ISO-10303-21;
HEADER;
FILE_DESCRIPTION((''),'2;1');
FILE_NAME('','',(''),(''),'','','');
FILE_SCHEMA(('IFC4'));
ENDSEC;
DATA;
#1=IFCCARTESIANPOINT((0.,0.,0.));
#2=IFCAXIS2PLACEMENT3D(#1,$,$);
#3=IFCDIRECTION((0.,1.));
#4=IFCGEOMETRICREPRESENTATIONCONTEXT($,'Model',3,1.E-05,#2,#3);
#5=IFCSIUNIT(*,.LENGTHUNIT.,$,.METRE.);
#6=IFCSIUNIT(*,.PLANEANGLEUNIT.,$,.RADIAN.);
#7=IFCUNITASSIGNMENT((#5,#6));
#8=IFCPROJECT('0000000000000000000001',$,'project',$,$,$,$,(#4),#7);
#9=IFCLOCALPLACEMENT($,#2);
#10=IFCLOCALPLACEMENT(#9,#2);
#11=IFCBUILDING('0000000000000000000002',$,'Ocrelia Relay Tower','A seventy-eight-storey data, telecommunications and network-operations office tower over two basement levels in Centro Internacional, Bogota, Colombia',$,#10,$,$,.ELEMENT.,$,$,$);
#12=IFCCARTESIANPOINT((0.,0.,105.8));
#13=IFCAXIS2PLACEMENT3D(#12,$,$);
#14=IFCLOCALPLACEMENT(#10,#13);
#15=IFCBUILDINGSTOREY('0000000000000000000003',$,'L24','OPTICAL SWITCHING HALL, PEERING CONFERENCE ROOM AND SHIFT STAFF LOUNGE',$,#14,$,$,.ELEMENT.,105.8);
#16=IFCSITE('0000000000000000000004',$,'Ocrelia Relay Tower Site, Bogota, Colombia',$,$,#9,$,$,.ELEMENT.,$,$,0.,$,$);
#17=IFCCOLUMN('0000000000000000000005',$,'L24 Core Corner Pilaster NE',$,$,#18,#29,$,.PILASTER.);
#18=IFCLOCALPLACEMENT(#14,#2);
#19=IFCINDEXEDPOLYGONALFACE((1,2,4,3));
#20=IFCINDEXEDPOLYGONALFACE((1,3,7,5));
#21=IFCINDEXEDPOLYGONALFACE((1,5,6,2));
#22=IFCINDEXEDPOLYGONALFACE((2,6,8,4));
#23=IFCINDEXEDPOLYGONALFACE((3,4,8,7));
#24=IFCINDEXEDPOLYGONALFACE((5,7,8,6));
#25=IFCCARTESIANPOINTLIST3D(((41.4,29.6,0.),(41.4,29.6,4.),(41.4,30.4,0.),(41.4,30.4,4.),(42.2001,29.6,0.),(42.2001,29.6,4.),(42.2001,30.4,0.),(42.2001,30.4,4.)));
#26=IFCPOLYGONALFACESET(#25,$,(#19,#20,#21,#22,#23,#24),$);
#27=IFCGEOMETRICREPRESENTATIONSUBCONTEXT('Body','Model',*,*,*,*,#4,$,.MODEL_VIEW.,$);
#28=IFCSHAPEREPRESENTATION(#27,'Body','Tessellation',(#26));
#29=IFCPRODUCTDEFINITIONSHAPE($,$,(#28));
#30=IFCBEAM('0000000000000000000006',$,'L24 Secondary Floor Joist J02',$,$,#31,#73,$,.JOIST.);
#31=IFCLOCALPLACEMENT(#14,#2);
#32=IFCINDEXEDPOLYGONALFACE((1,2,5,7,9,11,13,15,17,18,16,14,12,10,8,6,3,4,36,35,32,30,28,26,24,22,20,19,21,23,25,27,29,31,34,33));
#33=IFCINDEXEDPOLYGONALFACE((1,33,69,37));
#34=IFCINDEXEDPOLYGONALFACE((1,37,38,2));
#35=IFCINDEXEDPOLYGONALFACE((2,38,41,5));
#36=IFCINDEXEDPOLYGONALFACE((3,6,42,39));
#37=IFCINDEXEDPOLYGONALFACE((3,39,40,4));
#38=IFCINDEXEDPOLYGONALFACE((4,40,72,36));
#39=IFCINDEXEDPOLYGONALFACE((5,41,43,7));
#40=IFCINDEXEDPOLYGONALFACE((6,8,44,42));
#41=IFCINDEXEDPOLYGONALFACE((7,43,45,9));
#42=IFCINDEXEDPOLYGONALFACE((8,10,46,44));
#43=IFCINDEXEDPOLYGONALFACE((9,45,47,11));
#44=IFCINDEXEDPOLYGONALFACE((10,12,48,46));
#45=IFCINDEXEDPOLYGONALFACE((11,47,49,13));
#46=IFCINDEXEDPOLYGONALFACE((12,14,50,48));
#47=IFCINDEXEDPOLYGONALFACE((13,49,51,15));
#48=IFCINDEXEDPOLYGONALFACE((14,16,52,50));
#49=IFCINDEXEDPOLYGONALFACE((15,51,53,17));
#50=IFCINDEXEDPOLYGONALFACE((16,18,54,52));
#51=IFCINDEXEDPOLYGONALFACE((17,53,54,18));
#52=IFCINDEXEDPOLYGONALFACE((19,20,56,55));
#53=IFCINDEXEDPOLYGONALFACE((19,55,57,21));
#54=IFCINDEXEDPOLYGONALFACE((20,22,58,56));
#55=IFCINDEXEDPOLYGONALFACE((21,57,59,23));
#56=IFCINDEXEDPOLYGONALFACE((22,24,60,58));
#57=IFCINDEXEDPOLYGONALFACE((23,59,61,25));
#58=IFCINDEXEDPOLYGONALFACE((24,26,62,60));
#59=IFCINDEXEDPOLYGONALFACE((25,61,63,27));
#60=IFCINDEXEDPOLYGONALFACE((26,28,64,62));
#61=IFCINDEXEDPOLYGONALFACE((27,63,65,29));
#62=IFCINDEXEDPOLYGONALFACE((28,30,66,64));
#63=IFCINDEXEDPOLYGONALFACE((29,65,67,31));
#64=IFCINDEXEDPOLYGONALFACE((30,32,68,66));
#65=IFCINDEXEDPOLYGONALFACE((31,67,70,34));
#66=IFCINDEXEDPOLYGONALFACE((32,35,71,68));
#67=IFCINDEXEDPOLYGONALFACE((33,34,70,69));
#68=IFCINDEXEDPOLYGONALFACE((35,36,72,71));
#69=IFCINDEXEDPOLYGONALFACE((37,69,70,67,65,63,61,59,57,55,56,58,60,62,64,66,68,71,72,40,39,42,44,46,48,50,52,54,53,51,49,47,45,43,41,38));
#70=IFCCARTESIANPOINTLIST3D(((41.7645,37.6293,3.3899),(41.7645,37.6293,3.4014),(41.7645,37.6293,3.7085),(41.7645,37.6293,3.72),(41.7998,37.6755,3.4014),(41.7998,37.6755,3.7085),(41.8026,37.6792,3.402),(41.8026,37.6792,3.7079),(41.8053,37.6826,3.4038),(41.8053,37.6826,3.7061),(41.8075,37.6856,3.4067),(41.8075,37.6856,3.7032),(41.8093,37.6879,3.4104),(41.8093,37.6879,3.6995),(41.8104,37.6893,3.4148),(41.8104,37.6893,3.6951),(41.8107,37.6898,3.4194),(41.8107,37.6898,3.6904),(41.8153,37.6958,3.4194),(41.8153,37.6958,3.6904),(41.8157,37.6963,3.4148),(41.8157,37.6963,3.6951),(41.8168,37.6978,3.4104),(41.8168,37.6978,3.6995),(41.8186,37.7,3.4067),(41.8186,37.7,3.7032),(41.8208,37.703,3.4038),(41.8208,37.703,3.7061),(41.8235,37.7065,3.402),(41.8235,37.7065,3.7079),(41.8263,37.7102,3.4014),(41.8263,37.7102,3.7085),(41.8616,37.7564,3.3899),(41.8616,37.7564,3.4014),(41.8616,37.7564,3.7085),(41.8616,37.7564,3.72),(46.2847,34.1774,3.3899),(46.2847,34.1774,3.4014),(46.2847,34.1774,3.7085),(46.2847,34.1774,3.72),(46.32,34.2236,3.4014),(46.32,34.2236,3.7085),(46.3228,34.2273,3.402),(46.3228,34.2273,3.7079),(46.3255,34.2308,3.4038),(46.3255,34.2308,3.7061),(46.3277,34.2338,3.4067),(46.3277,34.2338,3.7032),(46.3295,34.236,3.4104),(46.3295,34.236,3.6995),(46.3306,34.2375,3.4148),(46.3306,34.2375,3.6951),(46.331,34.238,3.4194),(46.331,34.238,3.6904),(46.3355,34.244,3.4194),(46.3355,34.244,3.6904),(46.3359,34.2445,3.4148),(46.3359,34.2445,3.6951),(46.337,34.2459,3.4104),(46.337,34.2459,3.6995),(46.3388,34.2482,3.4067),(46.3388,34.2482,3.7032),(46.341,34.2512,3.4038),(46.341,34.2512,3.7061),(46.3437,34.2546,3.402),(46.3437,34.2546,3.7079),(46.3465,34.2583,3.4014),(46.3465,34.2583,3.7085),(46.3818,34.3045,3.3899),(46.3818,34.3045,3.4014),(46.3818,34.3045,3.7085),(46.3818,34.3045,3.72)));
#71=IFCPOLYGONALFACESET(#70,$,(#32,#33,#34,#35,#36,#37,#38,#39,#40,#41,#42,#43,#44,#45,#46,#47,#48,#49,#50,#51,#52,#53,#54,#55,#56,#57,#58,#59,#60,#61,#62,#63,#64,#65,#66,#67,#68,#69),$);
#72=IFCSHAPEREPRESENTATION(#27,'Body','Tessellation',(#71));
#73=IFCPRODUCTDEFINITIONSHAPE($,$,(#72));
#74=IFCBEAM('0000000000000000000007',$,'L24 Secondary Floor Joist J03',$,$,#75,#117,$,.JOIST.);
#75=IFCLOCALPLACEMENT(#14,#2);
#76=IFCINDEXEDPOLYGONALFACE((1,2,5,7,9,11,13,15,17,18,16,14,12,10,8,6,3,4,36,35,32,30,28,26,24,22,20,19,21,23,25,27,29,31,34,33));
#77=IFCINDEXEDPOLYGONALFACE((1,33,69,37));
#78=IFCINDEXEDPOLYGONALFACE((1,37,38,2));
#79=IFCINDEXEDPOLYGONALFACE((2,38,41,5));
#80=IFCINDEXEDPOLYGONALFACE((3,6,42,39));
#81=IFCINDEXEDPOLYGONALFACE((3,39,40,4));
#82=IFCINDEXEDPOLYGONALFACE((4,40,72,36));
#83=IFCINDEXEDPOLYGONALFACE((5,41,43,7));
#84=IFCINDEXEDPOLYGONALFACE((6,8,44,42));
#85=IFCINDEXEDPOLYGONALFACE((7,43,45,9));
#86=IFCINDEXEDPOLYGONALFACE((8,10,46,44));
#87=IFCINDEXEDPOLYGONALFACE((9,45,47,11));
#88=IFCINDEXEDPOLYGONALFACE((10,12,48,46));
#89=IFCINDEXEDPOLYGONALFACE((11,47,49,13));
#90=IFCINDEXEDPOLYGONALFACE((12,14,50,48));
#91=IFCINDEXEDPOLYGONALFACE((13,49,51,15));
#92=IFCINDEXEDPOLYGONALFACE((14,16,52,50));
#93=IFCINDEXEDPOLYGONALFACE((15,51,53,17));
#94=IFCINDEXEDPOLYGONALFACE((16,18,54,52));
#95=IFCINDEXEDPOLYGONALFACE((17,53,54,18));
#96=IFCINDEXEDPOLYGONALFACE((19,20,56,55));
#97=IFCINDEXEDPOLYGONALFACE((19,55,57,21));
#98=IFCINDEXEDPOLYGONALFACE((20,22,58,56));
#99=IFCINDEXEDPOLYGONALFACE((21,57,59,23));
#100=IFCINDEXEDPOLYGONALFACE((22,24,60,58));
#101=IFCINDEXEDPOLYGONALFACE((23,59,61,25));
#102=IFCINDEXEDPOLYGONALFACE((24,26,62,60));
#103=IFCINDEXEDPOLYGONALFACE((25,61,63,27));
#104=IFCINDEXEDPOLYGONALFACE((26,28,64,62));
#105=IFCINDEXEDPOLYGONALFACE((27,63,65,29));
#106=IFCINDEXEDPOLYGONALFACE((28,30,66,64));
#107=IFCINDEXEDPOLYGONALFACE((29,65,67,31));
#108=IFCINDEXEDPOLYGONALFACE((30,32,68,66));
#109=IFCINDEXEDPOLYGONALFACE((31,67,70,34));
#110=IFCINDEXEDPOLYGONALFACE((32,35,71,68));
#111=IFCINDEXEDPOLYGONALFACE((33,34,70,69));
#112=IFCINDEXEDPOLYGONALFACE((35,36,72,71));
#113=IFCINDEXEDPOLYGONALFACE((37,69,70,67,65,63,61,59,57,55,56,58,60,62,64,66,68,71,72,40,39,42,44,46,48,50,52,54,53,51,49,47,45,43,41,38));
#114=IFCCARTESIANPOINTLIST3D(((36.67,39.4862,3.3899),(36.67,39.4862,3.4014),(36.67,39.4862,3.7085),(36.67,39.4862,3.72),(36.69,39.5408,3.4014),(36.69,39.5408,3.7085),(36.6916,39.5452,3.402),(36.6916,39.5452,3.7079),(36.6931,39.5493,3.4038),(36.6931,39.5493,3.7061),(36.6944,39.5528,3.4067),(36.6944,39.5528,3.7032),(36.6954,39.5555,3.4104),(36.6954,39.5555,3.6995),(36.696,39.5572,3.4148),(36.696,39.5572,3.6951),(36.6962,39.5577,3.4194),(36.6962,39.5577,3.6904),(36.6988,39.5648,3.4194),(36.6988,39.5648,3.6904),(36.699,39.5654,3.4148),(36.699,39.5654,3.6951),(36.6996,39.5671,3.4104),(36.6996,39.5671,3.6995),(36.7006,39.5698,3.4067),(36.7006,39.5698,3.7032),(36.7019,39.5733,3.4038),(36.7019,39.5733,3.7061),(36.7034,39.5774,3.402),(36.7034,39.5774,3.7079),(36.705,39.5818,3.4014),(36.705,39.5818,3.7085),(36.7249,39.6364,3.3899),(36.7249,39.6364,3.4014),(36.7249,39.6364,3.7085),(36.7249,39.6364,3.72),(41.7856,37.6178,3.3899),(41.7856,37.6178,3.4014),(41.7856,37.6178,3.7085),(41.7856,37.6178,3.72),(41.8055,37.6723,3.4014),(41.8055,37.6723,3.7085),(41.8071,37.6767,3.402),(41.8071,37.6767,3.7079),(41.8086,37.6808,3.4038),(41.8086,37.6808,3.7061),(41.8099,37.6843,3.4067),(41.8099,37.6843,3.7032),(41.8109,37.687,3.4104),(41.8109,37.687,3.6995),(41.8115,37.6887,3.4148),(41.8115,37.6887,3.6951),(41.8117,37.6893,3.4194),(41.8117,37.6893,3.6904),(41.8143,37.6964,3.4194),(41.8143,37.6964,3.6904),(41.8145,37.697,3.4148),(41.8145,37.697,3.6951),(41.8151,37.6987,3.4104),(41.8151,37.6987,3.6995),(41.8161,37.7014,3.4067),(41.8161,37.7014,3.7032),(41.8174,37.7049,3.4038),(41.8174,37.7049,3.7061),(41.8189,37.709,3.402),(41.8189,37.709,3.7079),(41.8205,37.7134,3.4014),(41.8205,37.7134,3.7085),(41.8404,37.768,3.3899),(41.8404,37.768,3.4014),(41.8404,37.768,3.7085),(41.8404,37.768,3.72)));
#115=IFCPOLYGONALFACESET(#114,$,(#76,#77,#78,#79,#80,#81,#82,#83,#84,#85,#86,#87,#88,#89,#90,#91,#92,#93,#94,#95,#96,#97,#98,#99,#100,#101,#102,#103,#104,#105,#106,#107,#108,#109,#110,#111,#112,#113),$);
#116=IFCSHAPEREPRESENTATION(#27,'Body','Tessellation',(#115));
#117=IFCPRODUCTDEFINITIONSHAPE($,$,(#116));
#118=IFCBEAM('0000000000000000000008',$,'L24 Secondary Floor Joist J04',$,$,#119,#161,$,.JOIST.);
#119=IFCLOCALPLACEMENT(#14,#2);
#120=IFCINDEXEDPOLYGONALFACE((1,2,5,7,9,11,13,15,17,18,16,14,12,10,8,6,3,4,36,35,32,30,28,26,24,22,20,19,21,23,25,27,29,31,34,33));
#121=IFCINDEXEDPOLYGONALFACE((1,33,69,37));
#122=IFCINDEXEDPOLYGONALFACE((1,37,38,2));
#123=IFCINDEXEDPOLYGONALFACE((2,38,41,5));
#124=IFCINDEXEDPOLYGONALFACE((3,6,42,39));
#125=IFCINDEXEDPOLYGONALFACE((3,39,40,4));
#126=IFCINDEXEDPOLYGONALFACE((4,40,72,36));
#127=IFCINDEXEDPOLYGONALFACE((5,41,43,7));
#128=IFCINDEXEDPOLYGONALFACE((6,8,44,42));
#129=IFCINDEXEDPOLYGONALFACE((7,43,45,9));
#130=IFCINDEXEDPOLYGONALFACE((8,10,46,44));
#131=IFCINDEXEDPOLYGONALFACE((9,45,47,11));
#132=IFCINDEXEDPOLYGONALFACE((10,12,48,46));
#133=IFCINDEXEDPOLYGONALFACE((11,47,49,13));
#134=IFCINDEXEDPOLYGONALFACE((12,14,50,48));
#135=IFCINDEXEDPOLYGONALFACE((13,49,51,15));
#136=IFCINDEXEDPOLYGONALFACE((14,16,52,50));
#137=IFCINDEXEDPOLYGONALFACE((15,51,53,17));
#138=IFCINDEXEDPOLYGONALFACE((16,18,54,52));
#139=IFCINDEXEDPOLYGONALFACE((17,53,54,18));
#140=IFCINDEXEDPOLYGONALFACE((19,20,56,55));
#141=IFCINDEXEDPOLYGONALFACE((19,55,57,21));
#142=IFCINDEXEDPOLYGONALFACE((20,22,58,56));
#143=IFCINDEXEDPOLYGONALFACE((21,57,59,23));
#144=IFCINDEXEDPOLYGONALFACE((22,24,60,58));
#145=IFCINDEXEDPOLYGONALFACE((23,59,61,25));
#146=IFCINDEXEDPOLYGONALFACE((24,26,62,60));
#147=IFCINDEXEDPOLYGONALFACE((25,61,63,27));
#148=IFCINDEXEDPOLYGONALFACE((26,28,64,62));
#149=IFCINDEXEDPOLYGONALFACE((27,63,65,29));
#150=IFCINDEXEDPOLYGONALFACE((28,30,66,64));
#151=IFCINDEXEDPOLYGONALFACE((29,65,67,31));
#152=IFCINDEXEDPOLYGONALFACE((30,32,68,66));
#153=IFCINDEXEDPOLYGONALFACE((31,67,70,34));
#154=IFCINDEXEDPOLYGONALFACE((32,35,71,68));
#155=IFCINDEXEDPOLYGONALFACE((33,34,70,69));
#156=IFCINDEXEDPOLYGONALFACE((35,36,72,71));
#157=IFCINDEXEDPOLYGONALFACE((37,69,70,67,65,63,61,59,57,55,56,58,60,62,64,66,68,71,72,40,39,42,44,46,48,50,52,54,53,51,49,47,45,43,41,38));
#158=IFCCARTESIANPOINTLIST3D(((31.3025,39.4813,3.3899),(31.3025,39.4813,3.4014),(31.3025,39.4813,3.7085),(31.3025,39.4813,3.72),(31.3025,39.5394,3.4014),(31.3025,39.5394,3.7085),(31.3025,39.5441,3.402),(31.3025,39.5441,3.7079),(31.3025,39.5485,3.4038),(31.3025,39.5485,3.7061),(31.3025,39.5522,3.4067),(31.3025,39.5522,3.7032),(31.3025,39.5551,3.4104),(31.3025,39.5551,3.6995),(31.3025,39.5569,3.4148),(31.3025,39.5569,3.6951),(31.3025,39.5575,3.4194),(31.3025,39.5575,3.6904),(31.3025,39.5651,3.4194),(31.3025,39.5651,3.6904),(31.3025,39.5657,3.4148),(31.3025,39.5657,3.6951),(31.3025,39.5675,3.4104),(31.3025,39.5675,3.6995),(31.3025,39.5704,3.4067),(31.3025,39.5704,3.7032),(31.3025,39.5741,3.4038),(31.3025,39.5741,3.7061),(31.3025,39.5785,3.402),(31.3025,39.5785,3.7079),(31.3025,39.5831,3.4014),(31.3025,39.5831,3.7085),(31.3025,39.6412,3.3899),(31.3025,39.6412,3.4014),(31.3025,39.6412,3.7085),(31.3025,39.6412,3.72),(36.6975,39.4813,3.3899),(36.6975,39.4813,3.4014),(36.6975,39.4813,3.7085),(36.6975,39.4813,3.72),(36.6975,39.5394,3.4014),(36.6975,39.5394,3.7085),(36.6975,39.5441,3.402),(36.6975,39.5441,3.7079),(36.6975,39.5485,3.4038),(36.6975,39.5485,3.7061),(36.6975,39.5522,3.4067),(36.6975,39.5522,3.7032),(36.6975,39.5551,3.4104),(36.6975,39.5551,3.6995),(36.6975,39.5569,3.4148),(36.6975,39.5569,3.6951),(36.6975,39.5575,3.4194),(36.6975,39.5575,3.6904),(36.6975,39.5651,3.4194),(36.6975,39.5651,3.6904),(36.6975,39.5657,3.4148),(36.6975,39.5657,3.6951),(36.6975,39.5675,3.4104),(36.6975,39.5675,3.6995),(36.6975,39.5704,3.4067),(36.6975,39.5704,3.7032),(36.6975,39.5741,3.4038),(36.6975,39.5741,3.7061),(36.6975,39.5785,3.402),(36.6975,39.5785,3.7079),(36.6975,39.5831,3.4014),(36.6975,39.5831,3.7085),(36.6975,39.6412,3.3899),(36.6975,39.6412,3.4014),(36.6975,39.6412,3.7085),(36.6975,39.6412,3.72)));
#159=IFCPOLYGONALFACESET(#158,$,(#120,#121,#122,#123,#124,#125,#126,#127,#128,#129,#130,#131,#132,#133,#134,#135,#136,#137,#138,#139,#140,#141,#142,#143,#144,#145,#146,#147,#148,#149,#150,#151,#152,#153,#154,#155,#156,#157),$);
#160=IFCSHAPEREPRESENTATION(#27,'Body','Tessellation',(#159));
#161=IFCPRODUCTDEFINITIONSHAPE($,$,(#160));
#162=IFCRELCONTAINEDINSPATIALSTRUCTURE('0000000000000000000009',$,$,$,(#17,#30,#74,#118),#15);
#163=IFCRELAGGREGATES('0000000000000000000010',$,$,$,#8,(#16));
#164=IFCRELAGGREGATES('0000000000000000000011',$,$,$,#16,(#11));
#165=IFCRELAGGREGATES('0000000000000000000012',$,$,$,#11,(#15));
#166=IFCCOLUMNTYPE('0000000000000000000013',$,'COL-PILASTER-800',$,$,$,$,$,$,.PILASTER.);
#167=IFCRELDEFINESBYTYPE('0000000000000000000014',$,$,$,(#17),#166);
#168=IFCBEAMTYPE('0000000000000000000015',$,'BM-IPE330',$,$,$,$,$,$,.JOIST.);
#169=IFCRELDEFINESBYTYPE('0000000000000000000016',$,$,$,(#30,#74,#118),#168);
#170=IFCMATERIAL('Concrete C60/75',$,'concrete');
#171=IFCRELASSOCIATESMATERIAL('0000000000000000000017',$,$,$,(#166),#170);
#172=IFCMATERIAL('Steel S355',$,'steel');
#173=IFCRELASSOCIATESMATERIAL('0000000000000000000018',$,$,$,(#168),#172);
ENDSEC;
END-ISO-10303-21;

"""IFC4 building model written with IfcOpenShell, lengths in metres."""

from ifc_helpers import new_model, si_unit, direction, frame, origin, origin_2d, place, context, subcontext, project, spatial, rectangle, i_section, extrude, material, material_profile, profile_set, type_object, element, save


model = new_model("IFC4")

# Units and contexts
model_context = context("Model", 3, precision=1e-05, world=origin(), true_north=direction((0.0, 1.0)))
body_context = subcontext(model_context, "Body", "Model", "MODEL_VIEW")
ifc_project = project(units=[si_unit("LENGTHUNIT", "METRE"), si_unit("PLANEANGLEUNIT", "RADIAN")], contexts=[model_context])

# Site, building, storey
site_placement = place(None, origin())
site = spatial("IfcSite", under=ifc_project, at=site_placement, Name="Ocrelia Relay Tower Site, Bogota, Colombia", CompositionType="ELEMENT", RefElevation=0.0)
building_placement = place(site_placement, origin())
building = spatial("IfcBuilding", under=site, at=building_placement, Name="Ocrelia Relay Tower", Description="A seventy-eight-storey data, telecommunications and network-operations office tower over two basement levels in Centro Internacional, Bogota, Colombia", CompositionType="ELEMENT")
storey_placement = place(building_placement, frame((0.0, 0.0, 105.8)))
storey = spatial("IfcBuildingStorey", under=building, at=storey_placement, Name="L24", Description="OPTICAL SWITCHING HALL, PEERING CONFERENCE ROOM AND SHIFT STAFF LOUNGE", CompositionType="ELEMENT", Elevation=105.8)

# Column
ifc_material_1 = material(Name="Concrete C60/75", Category="concrete")
ifc_material_profile_1 = material_profile(ifc_material_1, rectangle(XDim=0.8, YDim=0.8, at=origin_2d()), Name="RC-COL-800x800")
ifc_profile_set_1 = profile_set([ifc_material_profile_1], Name="Concrete C60/75")
column_type = type_object("IfcColumnType", Name="COL-PILASTER-800", PredefinedType="PILASTER", material=ifc_profile_set_1)
column_placement = place(storey_placement, frame((41.8, 30.0, 0.0), z_axis=(0.0, 0.0, 1.0), x_axis=(1.0, 0.0, 0.0)))
element("IfcColumn", 1, at=column_placement, inside=storey, type_object=column_type, Name="L24 Core Corner Pilaster NE", PredefinedType="PILASTER", context=body_context, shape_type="SweptSolid", body=[
    extrude(rectangle(XDim=0.8, YDim=0.8, at=origin_2d()), origin(), (0.0, 0.0, 1.0), 4.0),
])

# Beams
ifc_material_2 = material(Name="Steel S355", Category="steel")
ifc_material_profile_2 = material_profile(ifc_material_2, i_section(OverallWidth=0.1599, OverallDepth=0.3301, WebThickness=0.0076, FlangeThickness=0.0115, FilletRadius=0.0181, at=origin_2d()), Name="IPE 330")
ifc_profile_set_2 = profile_set([ifc_material_profile_2], Name="Steel S355")
beam_type = type_object("IfcBeamType", Name="BM-IPE330", PredefinedType="JOIST", material=ifc_profile_set_2)
beam_1_placement = place(storey_placement, frame((46.3333, 34.241, 3.5549), z_axis=(-0.794762, 0.606921, 0.0), x_axis=(-0.606921, -0.794762, 0.0)))
element("IfcBeam", 2, at=beam_1_placement, inside=storey, type_object=beam_type, Name="L24 Secondary Floor Joist J02", PredefinedType="JOIST", context=body_context, shape_type="SweptSolid", body=[
    extrude(i_section(OverallWidth=0.1599, OverallDepth=0.3301, WebThickness=0.0076, FlangeThickness=0.0115, FilletRadius=0.0181, at=origin_2d()), origin(), (0.0, 0.0, 1.0), 5.6875),
])
beam_2_placement = place(storey_placement, frame((41.813, 37.6929, 3.5549), z_axis=(-0.939307, 0.343078, 0.0), x_axis=(-0.343078, -0.939307, 0.0)))
element("IfcBeam", 3, at=beam_2_placement, inside=storey, type_object=beam_type, Name="L24 Secondary Floor Joist J03", PredefinedType="JOIST", context=body_context, shape_type="SweptSolid", body=[
    extrude(i_section(OverallWidth=0.1599, OverallDepth=0.3301, WebThickness=0.0076, FlangeThickness=0.0115, FilletRadius=0.0181, at=origin_2d()), origin(), (0.0, 0.0, 1.0), 5.446),
])
beam_3_placement = place(storey_placement, frame((36.6975, 39.5613, 3.5549), z_axis=(-1.0, 0.0, 0.0), x_axis=(0.0, -1.0, 0.0)))
element("IfcBeam", 4, at=beam_3_placement, inside=storey, type_object=beam_type, Name="L24 Secondary Floor Joist J04", PredefinedType="JOIST", context=body_context, shape_type="SweptSolid", body=[
    extrude(i_section(OverallWidth=0.1599, OverallDepth=0.3301, WebThickness=0.0076, FlangeThickness=0.0115, FilletRadius=0.0181, at=origin_2d()), origin(), (0.0, 0.0, 1.0), 5.395),
])

save(model, "model.ifc")
